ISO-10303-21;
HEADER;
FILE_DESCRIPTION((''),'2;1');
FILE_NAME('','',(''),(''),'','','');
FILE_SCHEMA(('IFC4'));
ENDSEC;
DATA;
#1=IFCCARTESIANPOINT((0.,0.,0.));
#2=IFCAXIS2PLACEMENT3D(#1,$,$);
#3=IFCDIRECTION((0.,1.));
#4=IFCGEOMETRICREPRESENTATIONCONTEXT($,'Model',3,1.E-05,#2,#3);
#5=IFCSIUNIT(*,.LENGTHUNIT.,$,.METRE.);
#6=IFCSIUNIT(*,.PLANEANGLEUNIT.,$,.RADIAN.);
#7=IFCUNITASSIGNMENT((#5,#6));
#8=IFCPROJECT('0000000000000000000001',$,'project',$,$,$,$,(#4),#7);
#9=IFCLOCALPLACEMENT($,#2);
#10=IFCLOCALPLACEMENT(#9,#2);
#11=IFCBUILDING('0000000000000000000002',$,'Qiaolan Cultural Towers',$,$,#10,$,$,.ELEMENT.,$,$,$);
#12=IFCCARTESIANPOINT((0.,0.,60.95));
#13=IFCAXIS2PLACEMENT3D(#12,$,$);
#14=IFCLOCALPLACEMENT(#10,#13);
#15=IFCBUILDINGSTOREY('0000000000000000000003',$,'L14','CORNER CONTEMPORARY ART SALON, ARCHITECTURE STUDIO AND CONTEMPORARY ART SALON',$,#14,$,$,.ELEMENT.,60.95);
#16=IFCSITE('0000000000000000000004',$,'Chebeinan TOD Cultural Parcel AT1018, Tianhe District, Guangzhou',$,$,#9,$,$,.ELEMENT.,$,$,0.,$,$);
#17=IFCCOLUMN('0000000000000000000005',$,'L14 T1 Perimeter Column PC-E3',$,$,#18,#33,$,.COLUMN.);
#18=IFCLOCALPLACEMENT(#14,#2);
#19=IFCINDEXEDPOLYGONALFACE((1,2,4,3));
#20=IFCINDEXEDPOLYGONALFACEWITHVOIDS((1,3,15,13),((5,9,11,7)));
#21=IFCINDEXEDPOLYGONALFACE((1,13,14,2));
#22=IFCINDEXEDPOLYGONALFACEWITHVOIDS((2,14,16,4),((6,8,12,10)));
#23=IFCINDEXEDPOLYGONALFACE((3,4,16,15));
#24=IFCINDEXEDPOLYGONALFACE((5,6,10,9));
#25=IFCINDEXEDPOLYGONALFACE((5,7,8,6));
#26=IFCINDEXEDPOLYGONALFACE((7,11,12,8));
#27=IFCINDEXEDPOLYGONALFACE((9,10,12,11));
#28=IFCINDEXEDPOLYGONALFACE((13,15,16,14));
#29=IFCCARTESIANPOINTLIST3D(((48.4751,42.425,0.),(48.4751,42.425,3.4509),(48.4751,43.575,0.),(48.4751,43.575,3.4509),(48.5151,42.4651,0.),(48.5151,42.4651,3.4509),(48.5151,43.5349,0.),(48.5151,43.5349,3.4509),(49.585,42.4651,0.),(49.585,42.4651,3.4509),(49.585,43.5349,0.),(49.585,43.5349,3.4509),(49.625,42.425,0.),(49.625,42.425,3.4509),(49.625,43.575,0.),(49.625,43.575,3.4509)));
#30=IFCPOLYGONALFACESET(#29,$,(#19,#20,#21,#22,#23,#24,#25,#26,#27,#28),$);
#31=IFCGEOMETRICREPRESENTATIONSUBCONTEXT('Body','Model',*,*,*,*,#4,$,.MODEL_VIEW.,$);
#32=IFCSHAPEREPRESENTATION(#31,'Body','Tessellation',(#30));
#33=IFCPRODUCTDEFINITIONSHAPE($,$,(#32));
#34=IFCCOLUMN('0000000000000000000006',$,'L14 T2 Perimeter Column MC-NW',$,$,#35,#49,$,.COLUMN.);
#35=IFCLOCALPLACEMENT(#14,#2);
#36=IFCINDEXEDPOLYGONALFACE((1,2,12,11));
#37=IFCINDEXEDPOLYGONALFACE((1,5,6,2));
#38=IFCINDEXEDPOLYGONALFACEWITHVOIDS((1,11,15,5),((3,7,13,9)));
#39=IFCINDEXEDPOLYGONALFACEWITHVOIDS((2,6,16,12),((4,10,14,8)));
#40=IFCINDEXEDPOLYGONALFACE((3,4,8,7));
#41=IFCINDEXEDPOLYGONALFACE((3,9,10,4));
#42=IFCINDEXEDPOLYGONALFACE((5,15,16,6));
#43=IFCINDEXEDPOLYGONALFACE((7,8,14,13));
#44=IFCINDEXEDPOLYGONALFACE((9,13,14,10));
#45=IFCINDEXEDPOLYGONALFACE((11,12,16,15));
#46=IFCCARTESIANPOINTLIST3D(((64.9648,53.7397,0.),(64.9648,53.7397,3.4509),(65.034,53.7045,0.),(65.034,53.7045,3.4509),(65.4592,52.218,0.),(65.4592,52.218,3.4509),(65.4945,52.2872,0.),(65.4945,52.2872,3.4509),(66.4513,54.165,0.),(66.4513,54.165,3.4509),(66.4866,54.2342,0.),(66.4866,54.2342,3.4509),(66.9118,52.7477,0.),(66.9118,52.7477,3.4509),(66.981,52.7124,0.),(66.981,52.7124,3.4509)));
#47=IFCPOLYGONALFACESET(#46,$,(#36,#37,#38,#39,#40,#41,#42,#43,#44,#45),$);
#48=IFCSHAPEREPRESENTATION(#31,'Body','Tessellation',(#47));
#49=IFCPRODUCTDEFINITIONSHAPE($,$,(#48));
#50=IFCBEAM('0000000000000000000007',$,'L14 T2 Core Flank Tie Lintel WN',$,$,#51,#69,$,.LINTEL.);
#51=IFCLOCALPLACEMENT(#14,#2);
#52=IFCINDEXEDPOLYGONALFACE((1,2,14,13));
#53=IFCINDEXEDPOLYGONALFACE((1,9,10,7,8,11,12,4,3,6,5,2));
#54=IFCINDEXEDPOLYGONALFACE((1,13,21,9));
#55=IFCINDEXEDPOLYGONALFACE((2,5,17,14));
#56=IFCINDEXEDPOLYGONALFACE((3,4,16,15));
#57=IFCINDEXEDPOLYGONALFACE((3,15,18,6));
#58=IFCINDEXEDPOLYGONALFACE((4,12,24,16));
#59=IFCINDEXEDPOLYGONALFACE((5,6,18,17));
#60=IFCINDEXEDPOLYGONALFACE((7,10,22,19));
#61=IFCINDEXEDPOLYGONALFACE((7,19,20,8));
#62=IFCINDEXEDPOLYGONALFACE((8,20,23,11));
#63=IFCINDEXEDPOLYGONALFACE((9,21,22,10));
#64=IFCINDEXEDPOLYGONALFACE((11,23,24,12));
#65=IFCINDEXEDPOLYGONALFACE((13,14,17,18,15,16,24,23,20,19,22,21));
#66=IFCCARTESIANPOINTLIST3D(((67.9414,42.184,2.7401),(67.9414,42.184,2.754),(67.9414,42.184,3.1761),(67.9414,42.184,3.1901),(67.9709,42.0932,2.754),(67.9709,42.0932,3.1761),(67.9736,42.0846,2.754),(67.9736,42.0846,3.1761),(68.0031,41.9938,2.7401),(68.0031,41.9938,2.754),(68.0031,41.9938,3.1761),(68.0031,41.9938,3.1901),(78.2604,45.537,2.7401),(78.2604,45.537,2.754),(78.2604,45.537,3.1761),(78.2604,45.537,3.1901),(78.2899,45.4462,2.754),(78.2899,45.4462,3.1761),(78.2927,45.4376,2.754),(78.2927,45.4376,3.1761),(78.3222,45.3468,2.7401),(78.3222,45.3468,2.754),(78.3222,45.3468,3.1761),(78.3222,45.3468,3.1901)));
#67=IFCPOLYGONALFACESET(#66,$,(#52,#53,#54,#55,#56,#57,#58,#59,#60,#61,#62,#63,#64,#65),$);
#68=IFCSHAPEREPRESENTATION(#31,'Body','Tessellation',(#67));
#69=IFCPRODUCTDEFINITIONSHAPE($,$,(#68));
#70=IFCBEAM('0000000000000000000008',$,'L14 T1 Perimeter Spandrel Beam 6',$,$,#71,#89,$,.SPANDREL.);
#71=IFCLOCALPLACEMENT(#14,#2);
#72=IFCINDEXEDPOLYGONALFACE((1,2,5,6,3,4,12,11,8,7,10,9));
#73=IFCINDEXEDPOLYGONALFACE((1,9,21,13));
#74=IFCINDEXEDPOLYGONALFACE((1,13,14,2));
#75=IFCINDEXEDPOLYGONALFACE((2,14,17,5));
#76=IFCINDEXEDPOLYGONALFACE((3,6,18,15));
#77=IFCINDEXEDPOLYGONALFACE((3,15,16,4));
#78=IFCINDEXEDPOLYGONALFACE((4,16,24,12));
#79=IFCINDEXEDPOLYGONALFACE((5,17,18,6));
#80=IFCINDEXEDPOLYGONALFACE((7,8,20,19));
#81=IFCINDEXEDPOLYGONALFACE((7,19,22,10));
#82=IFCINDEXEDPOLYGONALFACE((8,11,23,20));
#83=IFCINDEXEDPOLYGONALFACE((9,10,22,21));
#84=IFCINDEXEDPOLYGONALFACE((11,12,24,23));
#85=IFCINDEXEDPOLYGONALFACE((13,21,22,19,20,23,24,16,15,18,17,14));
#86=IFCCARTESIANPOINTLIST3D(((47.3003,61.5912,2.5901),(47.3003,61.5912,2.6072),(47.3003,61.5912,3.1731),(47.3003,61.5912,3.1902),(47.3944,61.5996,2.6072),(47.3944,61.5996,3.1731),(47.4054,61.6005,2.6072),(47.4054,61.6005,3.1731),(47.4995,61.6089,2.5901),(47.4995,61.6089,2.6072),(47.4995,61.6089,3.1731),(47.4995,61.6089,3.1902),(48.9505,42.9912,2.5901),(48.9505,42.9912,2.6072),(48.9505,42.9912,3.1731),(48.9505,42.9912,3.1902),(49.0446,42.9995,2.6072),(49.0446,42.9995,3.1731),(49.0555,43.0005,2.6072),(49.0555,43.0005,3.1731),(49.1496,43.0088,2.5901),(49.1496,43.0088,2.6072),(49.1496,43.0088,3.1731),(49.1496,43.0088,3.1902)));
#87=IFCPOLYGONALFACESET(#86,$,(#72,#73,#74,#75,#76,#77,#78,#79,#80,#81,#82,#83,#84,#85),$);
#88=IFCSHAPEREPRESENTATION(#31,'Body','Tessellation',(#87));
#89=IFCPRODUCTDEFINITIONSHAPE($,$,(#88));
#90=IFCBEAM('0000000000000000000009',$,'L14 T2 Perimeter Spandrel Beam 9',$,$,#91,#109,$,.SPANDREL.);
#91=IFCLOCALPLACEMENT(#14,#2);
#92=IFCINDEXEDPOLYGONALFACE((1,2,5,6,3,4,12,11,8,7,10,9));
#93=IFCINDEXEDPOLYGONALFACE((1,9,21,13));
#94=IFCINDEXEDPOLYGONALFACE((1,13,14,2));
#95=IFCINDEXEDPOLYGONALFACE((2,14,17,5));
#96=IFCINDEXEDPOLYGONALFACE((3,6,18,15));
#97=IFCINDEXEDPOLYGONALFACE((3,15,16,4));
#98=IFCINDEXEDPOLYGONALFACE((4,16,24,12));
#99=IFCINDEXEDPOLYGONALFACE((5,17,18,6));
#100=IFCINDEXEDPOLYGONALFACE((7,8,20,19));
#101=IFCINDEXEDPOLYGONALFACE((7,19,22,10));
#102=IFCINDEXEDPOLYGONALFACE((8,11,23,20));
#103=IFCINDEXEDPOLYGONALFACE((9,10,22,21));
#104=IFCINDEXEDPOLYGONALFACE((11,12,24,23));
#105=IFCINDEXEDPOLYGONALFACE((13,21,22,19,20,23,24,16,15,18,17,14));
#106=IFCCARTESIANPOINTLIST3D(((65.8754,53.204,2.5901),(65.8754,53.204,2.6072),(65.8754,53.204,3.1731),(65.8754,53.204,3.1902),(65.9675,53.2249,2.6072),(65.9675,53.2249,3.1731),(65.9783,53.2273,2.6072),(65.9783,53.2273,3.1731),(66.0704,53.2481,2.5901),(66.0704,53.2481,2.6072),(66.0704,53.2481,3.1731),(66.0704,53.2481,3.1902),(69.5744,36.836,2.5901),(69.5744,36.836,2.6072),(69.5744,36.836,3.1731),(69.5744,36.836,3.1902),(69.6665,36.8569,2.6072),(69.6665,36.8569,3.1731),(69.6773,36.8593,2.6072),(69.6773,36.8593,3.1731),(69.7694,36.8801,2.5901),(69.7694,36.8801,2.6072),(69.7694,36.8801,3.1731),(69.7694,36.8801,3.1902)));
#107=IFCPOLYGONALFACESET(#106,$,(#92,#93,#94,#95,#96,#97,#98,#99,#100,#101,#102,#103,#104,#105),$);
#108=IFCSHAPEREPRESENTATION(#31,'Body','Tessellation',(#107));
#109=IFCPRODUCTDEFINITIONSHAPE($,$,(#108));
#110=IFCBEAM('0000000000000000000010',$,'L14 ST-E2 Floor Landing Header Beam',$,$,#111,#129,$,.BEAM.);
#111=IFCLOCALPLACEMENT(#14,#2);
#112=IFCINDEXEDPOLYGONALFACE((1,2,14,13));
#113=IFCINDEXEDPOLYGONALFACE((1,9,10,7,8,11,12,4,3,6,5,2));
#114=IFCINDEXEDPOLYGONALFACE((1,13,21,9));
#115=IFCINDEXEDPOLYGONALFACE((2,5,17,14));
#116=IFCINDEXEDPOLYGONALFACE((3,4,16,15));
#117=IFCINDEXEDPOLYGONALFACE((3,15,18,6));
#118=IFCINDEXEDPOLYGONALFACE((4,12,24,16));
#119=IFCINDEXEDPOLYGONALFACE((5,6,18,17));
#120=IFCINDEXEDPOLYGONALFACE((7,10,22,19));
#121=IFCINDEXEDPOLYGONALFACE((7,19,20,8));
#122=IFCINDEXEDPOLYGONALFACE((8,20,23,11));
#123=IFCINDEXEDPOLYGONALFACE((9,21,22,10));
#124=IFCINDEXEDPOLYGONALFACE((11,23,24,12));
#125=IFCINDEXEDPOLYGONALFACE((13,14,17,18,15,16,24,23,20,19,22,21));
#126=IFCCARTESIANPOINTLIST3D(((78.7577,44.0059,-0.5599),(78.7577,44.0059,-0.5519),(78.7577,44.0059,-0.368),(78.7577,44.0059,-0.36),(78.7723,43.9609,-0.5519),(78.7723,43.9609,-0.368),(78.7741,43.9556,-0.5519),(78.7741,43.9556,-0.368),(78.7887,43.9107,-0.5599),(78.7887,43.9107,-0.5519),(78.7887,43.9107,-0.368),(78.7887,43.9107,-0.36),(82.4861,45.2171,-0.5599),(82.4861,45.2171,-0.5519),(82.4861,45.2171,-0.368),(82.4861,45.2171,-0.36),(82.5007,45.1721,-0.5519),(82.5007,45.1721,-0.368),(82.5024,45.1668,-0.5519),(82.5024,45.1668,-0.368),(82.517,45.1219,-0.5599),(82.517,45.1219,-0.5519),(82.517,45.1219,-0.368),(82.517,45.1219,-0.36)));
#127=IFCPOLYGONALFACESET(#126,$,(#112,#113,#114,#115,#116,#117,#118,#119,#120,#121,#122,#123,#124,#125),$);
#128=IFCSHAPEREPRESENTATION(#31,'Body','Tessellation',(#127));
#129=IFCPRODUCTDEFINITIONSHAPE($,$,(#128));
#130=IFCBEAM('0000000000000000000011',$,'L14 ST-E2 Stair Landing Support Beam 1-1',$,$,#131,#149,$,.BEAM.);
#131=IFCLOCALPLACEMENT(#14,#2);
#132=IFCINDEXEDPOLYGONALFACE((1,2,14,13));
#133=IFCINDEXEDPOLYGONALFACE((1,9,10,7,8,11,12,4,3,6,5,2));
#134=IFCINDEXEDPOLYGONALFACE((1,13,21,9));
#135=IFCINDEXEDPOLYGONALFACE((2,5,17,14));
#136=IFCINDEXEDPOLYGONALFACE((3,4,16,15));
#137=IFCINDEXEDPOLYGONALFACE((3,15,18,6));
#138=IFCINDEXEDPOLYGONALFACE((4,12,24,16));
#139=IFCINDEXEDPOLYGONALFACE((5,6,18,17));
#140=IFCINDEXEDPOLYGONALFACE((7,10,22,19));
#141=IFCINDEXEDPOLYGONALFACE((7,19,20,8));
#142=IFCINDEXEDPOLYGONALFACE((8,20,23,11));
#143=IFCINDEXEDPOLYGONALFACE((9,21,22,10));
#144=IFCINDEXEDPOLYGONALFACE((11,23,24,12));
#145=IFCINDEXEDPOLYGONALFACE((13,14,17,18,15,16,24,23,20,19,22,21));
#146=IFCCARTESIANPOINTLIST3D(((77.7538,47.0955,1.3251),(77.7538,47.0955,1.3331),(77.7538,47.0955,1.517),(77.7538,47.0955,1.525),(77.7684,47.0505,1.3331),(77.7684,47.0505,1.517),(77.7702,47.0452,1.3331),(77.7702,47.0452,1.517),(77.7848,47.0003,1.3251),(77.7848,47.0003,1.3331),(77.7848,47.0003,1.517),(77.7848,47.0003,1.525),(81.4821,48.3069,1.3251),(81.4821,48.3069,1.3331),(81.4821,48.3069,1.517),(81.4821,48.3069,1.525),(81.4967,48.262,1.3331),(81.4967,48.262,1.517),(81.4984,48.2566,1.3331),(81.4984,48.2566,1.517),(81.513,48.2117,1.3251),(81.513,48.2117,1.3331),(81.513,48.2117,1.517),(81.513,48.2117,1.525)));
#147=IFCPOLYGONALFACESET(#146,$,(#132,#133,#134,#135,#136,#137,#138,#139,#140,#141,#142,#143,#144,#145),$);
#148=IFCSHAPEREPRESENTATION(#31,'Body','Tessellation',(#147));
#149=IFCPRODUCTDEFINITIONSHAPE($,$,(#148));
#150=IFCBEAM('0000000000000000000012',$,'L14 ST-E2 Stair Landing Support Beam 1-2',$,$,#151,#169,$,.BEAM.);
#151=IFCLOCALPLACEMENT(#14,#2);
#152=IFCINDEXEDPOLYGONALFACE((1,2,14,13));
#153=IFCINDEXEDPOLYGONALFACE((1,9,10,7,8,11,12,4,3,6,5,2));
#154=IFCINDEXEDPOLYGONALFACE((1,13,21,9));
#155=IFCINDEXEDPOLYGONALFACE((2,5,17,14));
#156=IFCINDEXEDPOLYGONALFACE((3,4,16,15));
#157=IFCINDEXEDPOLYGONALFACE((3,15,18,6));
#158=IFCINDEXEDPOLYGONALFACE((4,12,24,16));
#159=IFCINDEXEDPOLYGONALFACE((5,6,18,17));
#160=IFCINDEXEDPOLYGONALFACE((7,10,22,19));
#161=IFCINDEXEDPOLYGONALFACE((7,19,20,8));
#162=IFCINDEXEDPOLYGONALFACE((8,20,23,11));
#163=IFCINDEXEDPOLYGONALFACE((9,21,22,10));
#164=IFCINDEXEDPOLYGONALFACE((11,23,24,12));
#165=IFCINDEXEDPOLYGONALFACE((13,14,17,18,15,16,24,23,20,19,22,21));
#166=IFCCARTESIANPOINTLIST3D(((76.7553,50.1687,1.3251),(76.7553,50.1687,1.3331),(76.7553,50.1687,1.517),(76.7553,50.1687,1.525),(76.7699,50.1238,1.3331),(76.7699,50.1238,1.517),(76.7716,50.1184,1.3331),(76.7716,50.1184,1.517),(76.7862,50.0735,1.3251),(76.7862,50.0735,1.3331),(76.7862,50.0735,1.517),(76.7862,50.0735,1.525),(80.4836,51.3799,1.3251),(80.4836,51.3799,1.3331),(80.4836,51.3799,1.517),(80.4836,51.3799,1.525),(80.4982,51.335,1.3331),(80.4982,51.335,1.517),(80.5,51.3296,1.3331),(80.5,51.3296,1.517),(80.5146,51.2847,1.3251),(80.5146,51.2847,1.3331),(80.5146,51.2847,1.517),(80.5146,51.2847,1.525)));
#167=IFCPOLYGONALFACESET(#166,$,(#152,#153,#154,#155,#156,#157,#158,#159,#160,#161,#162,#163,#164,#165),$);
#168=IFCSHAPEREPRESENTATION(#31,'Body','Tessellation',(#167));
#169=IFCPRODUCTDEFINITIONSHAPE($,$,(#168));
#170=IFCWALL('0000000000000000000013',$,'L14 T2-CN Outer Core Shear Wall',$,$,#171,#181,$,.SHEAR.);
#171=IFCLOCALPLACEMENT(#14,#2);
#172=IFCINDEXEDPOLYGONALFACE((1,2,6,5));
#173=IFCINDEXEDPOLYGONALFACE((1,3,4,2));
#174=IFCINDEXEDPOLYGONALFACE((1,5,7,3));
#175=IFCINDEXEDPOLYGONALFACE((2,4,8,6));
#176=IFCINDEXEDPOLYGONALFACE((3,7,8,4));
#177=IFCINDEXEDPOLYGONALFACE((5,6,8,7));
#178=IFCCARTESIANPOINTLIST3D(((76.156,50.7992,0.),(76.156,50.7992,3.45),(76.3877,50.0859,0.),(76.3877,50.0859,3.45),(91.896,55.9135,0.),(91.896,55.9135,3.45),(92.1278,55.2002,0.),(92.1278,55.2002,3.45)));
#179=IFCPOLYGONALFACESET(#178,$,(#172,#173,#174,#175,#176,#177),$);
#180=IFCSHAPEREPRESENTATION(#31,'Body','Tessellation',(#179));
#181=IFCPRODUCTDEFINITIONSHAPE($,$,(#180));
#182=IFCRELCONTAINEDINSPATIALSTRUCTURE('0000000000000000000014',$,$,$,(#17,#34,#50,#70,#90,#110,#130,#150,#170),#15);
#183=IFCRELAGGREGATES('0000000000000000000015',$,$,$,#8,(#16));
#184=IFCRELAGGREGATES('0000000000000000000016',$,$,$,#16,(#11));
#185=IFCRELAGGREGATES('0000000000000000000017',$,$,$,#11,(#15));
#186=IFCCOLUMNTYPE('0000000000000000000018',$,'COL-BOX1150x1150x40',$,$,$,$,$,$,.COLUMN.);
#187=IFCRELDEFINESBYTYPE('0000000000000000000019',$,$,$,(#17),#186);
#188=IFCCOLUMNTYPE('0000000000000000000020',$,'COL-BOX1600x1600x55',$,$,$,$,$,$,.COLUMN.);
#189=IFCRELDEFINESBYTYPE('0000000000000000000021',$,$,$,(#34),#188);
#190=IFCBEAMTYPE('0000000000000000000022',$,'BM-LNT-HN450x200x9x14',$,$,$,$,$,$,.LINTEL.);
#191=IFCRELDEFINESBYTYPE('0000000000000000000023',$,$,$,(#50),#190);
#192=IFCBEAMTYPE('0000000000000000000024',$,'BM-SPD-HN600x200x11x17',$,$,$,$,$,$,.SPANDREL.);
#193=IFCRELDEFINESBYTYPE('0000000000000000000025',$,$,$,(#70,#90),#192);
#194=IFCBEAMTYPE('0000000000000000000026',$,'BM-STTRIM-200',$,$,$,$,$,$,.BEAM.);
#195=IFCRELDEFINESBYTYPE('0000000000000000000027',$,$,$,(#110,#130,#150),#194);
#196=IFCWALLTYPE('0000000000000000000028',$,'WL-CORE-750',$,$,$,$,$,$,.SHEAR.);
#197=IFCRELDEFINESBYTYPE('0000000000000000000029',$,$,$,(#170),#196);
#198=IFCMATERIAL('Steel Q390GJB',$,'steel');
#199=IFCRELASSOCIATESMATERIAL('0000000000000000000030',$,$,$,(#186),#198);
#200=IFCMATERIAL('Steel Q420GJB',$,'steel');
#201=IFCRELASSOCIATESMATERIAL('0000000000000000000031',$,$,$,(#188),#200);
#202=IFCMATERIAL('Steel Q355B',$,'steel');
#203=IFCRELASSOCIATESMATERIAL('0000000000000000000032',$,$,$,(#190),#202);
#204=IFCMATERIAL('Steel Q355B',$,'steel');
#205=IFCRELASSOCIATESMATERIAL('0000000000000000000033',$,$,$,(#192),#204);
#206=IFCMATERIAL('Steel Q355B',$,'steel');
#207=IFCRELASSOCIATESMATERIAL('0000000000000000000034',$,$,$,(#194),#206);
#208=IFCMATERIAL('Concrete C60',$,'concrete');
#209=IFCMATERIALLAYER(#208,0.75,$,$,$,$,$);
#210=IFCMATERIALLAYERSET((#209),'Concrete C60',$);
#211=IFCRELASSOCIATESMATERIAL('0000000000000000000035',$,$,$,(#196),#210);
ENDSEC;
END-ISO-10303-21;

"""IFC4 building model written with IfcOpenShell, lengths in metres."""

from ifc_helpers import new_model, si_unit, direction, frame, frame_2d, origin, origin_2d, place, context, subcontext, project, spatial, rectangle, hollow_rectangle, i_section, extrude, material, layer, layer_set, material_profile, profile_set, type_object, element, save


model = new_model("IFC4")

# Units and contexts
model_context = context("Model", 3, precision=1e-05, world=origin(), true_north=direction((0.0, 1.0)))
body_context = subcontext(model_context, "Body", "Model", "MODEL_VIEW")
ifc_project = project(units=[si_unit("LENGTHUNIT", "METRE"), si_unit("PLANEANGLEUNIT", "RADIAN")], contexts=[model_context])

# Site, building, storey
site_placement = place(None, origin())
site = spatial("IfcSite", under=ifc_project, at=site_placement, Name="Chebeinan TOD Cultural Parcel AT1018, Tianhe District, Guangzhou", CompositionType="ELEMENT", RefElevation=0.0)
building_placement = place(site_placement, origin())
building = spatial("IfcBuilding", under=site, at=building_placement, Name="Qiaolan Cultural Towers", CompositionType="ELEMENT")
storey_placement = place(building_placement, frame((0.0, 0.0, 60.95)))
storey = spatial("IfcBuildingStorey", under=building, at=storey_placement, Name="L14", Description="CORNER CONTEMPORARY ART SALON, ARCHITECTURE STUDIO AND CONTEMPORARY ART SALON", CompositionType="ELEMENT", Elevation=60.95)

# Columns
ifc_material_1 = material(Name="Steel Q390GJB", Category="steel")
ifc_material_profile_1 = material_profile(ifc_material_1, hollow_rectangle(XDim=1.1499, YDim=1.1499, WallThickness=0.04, at=origin_2d()), Name="BOX1150x1150x40")
ifc_profile_set_1 = profile_set([ifc_material_profile_1], Name="Steel Q390GJB")
column_type_1 = type_object("IfcColumnType", Name="COL-BOX1150x1150x40", PredefinedType="COLUMN", material=ifc_profile_set_1)
column_1_placement = place(storey_placement, frame((49.05, 43.0, 0.0), z_axis=(0.0, 0.0, 1.0), x_axis=(1.0, 0.0, 0.0)))
element("IfcColumn", 1, at=column_1_placement, inside=storey, type_object=column_type_1, Name="L14 T1 Perimeter Column PC-E3", PredefinedType="COLUMN", context=body_context, shape_type="SweptSolid", body=[
    extrude(hollow_rectangle(XDim=1.1499, YDim=1.1499, WallThickness=0.04, at=origin_2d()), origin(), (0.0, 0.0, 1.0), 3.4509),
])
ifc_material_2 = material(Name="Steel Q420GJB", Category="steel")
ifc_material_profile_2 = material_profile(ifc_material_2, hollow_rectangle(XDim=1.6001, YDim=1.6001, WallThickness=0.0549, at=origin_2d()), Name="BOX1600x1600x55")
ifc_profile_set_2 = profile_set([ifc_material_profile_2], Name="Steel Q420GJB")
column_type_2 = type_object("IfcColumnType", Name="COL-BOX1600x1600x55", PredefinedType="COLUMN", material=ifc_profile_set_2)
column_2_placement = place(storey_placement, frame((65.9729, 53.2261, 0.0), z_axis=(0.0, 0.0, 1.0), x_axis=(0.951057, 0.309017, 0.0)))
element("IfcColumn", 2, at=column_2_placement, inside=storey, type_object=column_type_2, Name="L14 T2 Perimeter Column MC-NW", PredefinedType="COLUMN", context=body_context, shape_type="SweptSolid", body=[
    extrude(hollow_rectangle(XDim=1.6001, YDim=1.6001, WallThickness=0.0549, at=origin_2d()), origin(), (0.0, 0.0, 1.0), 3.4509),
])

# Beams
ifc_material_3 = material(Name="Steel Q355B", Category="steel")
ifc_material_profile_3 = material_profile(ifc_material_3, i_section(OverallWidth=0.2, OverallDepth=0.45, WebThickness=0.009, FlangeThickness=0.0139, at=origin_2d()), Name="HN450x200x9x14")
ifc_profile_set_3 = profile_set([ifc_material_profile_3], Name="Steel Q355B")
beam_type_1 = type_object("IfcBeamType", Name="BM-LNT-HN450x200x9x14", PredefinedType="LINTEL", material=ifc_profile_set_3)
beam_1_placement = place(storey_placement, frame((78.2913, 45.4419, 2.9651), z_axis=(-0.951052, -0.30903, 0.0), x_axis=(0.30903, -0.951052, 0.0)))
element("IfcBeam", 3, at=beam_1_placement, inside=storey, type_object=beam_type_1, Name="L14 T2 Core Flank Tie Lintel WN", PredefinedType="LINTEL", context=body_context, shape_type="SweptSolid", body=[
    extrude(i_section(OverallWidth=0.2, OverallDepth=0.45, WebThickness=0.009, FlangeThickness=0.0139, at=origin_2d()), origin(), (0.0, 0.0, 1.0), 10.8501),
])
ifc_material_4 = material(Name="Steel Q355B", Category="steel")
ifc_material_profile_4 = material_profile(ifc_material_4, i_section(OverallWidth=0.2, OverallDepth=0.6001, WebThickness=0.011, FlangeThickness=0.0171, at=origin_2d()), Name="HN600x200x11x17")
ifc_profile_set_4 = profile_set([ifc_material_profile_4], Name="Steel Q355B")
beam_type_2 = type_object("IfcBeamType", Name="BM-SPD-HN600x200x11x17", PredefinedType="SPANDREL", material=ifc_profile_set_4)
beam_2_placement = place(storey_placement, frame((49.05, 43.0, 2.8901), z_axis=(-0.08837, 0.996088, 0.0), x_axis=(-0.996088, -0.08837, 0.0)))
element("IfcBeam", 4, at=beam_2_placement, inside=storey, type_object=beam_type_2, Name="L14 T1 Perimeter Spandrel Beam 6", PredefinedType="SPANDREL", context=body_context, shape_type="SweptSolid", body=[
    extrude(i_section(OverallWidth=0.2, OverallDepth=0.6001, WebThickness=0.011, FlangeThickness=0.0171, at=origin_2d()), origin(), (0.0, 0.0, 1.0), 18.6731),
])
beam_3_placement = place(storey_placement, frame((65.9729, 53.2261, 2.8901), z_axis=(0.220431, -0.975403, 0.0), x_axis=(0.975403, 0.220431, 0.0)))
element("IfcBeam", 5, at=beam_3_placement, inside=storey, type_object=beam_type_2, Name="L14 T2 Perimeter Spandrel Beam 9", PredefinedType="SPANDREL", context=body_context, shape_type="SweptSolid", body=[
    extrude(i_section(OverallWidth=0.2, OverallDepth=0.6001, WebThickness=0.011, FlangeThickness=0.0171, at=origin_2d()), origin(), (0.0, 0.0, 1.0), 16.7808),
])
ifc_material_5 = material(Name="Steel Q355B", Category="steel")
ifc_material_profile_5 = material_profile(ifc_material_5, i_section(OverallWidth=0.1001, OverallDepth=0.2, WebThickness=0.0056, FlangeThickness=0.0081, at=origin_2d()), Name="HN200x100x5.5x8")
ifc_profile_set_5 = profile_set([ifc_material_profile_5], Name="Steel Q355B")
beam_type_3 = type_object("IfcBeamType", Name="BM-STTRIM-200", PredefinedType="BEAM", material=ifc_profile_set_5)
for number, where, z_axis, x_axis, name in (
    (6, (78.7732, 43.9583, -0.46), (0.951072, 0.308969, 0.0), (-0.308969, 0.951072, 0.0), "L14 ST-E2 Floor Landing Header Beam"),
    (7, (77.7693, 47.0479, 1.425), (0.951054, 0.309026, 0.0), (-0.309026, 0.951054, 0.0), "L14 ST-E2 Stair Landing Support Beam 1-1"),
    (8, (76.7708, 50.1211, 1.425), (0.951072, 0.308969, 0.0), (-0.308969, 0.951072, 0.0), "L14 ST-E2 Stair Landing Support Beam 1-2"),
):
    element("IfcBeam", number, at=place(storey_placement, frame(where, z_axis=z_axis, x_axis=x_axis)), inside=storey, type_object=beam_type_3, Name=name, PredefinedType="BEAM", context=body_context, shape_type="SweptSolid", body=[
        extrude(i_section(OverallWidth=0.1001, OverallDepth=0.2, WebThickness=0.0056, FlangeThickness=0.0081, at=origin_2d()), origin(), (0.0, 0.0, 1.0), 3.9202),
    ])

# Wall
ifc_material_6 = material(Name="Concrete C60", Category="concrete")
ifc_layer_1 = layer(ifc_material_6, 0.75)
ifc_layer_set_1 = layer_set([ifc_layer_1], Name="Concrete C60")
wall_type_1 = type_object("IfcWallType", Name="WL-CORE-750", PredefinedType="SHEAR", material=ifc_layer_set_1)
wall_1_placement = place(storey_placement, frame((76.272, 50.4426, 0.0), z_axis=(0.0, 0.0, 1.0), x_axis=(0.951056, 0.309018, 0.0)))
element("IfcWall", 9, at=wall_1_placement, inside=storey, type_object=wall_type_1, Name="L14 T2-CN Outer Core Shear Wall", PredefinedType="SHEAR", context=body_context, shape_type="SweptSolid", body=[
    extrude(rectangle(XDim=16.55, YDim=0.75, at=frame_2d((8.2749, 0.0))), origin(), (0.0, 0.0, 1.0), 3.45),
])

save(model, "model.ifc")
